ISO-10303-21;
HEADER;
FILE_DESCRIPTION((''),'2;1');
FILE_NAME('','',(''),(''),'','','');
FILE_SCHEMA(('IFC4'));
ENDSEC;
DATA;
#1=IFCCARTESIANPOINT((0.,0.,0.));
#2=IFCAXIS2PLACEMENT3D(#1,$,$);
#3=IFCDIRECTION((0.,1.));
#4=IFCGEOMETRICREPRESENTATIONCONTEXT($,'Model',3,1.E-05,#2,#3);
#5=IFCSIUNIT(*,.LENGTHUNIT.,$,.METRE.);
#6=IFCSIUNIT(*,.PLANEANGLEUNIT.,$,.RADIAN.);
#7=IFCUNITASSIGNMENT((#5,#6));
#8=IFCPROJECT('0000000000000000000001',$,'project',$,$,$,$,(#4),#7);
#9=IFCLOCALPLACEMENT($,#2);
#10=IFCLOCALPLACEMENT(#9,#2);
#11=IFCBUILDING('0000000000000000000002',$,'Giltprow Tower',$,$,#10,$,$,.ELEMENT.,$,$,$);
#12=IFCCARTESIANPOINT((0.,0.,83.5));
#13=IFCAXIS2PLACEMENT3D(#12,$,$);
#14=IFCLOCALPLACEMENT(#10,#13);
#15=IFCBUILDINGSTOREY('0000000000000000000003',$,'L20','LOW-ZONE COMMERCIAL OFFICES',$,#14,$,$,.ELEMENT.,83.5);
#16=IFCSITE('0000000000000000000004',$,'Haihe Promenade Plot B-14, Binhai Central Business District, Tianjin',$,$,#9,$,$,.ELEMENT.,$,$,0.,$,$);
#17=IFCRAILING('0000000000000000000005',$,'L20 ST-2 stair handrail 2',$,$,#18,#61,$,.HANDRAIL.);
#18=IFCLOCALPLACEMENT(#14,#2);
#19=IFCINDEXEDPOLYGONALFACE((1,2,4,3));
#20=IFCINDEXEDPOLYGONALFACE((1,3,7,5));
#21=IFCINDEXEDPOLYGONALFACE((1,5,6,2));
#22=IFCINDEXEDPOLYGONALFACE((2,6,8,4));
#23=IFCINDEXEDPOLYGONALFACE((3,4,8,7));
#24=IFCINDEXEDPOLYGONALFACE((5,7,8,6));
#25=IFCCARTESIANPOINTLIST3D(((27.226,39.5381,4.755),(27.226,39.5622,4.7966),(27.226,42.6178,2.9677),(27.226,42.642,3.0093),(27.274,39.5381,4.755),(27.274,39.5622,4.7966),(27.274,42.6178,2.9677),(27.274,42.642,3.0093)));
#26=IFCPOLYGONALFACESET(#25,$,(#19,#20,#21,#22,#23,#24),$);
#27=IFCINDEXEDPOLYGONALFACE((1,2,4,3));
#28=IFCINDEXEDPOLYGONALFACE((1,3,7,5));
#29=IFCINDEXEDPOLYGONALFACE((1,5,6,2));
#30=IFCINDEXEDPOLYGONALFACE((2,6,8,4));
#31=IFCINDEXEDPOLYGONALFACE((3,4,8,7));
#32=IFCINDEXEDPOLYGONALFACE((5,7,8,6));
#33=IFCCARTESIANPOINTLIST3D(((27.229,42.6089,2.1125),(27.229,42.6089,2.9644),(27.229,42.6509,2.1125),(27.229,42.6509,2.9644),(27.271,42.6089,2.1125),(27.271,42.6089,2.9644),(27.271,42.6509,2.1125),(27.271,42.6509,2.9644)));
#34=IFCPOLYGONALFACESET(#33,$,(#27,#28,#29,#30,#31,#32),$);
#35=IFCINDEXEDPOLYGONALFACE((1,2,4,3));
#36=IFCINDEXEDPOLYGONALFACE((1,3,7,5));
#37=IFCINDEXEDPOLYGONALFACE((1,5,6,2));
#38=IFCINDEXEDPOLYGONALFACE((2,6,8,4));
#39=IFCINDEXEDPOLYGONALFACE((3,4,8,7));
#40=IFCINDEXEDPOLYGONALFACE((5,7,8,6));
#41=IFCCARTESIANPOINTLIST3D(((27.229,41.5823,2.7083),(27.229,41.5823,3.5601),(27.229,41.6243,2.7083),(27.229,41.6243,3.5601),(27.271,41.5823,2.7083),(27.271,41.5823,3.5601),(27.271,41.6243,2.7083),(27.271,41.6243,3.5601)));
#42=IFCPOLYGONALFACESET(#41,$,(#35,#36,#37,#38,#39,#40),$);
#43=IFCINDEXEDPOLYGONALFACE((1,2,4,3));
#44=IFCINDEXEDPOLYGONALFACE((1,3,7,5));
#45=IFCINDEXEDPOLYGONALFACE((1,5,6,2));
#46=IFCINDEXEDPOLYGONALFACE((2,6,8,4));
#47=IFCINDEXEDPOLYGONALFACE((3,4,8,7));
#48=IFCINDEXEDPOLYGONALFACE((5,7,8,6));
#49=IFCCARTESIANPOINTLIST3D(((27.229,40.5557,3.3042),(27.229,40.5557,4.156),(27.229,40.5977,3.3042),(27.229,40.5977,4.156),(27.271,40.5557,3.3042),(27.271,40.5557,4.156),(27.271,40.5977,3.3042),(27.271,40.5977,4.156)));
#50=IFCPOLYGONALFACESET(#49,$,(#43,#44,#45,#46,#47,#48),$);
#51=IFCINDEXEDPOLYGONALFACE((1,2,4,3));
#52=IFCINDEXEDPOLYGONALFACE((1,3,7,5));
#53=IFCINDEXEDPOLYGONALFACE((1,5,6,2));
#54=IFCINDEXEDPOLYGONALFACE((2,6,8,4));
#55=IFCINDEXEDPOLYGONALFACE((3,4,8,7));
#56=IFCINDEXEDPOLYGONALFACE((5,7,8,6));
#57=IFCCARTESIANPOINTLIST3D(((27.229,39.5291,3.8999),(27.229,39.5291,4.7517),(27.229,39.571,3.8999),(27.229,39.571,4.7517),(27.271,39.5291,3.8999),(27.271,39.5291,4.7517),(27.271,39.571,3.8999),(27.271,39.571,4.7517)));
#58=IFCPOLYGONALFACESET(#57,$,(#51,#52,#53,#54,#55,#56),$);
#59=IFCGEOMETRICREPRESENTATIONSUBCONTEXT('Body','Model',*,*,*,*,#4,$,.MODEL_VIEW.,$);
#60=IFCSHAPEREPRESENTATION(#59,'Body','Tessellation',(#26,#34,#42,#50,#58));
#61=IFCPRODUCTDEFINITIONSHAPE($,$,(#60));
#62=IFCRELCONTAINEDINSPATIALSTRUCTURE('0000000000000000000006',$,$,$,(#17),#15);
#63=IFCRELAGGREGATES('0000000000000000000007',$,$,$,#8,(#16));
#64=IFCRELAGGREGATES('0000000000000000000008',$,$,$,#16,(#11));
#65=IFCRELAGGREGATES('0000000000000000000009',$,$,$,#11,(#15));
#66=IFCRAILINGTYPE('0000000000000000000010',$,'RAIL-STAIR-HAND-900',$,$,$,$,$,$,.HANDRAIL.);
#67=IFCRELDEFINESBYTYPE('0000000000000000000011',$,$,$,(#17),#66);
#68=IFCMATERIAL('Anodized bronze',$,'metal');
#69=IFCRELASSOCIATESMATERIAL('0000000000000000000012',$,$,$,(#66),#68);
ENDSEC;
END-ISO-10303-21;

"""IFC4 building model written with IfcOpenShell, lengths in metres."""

from ifc_helpers import new_model, si_unit, direction, frame, origin, origin_2d, place, context, subcontext, project, spatial, rectangle, extrude, material, type_object, element, save


model = new_model("IFC4")

# Units and contexts
model_context = context("Model", 3, precision=1e-05, world=origin(), true_north=direction((0.0, 1.0)))
body_context = subcontext(model_context, "Body", "Model", "MODEL_VIEW")
ifc_project = project(units=[si_unit("LENGTHUNIT", "METRE"), si_unit("PLANEANGLEUNIT", "RADIAN")], contexts=[model_context])

# Site, building, storey
site_placement = place(None, origin())
site = spatial("IfcSite", under=ifc_project, at=site_placement, Name="Haihe Promenade Plot B-14, Binhai Central Business District, Tianjin", CompositionType="ELEMENT", RefElevation=0.0)
building_placement = place(site_placement, origin())
building = spatial("IfcBuilding", under=site, at=building_placement, Name="Giltprow Tower", CompositionType="ELEMENT")
storey_placement = place(building_placement, frame((0.0, 0.0, 83.5)))
storey = spatial("IfcBuildingStorey", under=building, at=storey_placement, Name="L20", Description="LOW-ZONE COMMERCIAL OFFICES", CompositionType="ELEMENT", Elevation=83.5)

# Railing
ifc_material_1 = material(Name="Anodized bronze", Category="metal")
railing_type_1 = type_object("IfcRailingType", Name="RAIL-STAIR-HAND-900", PredefinedType="HANDRAIL", material=ifc_material_1)
railing_1_placement = place(storey_placement, frame((27.25, 42.6299, 2.1125)))
element("IfcRailing", 1, at=railing_1_placement, inside=storey, type_object=railing_type_1, Name="L20 ST-2 stair handrail 2", PredefinedType="HANDRAIL", context=body_context, shape_type="SweptSolid", body=[
    extrude(rectangle(XDim=0.0481, YDim=0.0481, at=origin_2d()), frame((0.0, 0.0, 0.876), z_axis=(0.0, -0.864903, 0.501939), x_axis=(1.0, 0.0, 0.0)), (0.0, 0.0, 1.0), 3.5608),
    extrude(rectangle(XDim=0.042, YDim=0.042, at=origin_2d()), origin(), (0.0, 0.0, 1.0), 0.8518),
    extrude(rectangle(XDim=0.042, YDim=0.042, at=origin_2d()), frame((0.0, -1.0266, 0.5957)), (0.0, 0.0, 1.0), 0.8518),
    extrude(rectangle(XDim=0.042, YDim=0.042, at=origin_2d()), frame((0.0, -2.0532, 1.1917)), (0.0, 0.0, 1.0), 0.8518),
    extrude(rectangle(XDim=0.042, YDim=0.042, at=origin_2d()), frame((0.0, -3.0798, 1.7874)), (0.0, 0.0, 1.0), 0.8518),
])

save(model, "model.ifc")
